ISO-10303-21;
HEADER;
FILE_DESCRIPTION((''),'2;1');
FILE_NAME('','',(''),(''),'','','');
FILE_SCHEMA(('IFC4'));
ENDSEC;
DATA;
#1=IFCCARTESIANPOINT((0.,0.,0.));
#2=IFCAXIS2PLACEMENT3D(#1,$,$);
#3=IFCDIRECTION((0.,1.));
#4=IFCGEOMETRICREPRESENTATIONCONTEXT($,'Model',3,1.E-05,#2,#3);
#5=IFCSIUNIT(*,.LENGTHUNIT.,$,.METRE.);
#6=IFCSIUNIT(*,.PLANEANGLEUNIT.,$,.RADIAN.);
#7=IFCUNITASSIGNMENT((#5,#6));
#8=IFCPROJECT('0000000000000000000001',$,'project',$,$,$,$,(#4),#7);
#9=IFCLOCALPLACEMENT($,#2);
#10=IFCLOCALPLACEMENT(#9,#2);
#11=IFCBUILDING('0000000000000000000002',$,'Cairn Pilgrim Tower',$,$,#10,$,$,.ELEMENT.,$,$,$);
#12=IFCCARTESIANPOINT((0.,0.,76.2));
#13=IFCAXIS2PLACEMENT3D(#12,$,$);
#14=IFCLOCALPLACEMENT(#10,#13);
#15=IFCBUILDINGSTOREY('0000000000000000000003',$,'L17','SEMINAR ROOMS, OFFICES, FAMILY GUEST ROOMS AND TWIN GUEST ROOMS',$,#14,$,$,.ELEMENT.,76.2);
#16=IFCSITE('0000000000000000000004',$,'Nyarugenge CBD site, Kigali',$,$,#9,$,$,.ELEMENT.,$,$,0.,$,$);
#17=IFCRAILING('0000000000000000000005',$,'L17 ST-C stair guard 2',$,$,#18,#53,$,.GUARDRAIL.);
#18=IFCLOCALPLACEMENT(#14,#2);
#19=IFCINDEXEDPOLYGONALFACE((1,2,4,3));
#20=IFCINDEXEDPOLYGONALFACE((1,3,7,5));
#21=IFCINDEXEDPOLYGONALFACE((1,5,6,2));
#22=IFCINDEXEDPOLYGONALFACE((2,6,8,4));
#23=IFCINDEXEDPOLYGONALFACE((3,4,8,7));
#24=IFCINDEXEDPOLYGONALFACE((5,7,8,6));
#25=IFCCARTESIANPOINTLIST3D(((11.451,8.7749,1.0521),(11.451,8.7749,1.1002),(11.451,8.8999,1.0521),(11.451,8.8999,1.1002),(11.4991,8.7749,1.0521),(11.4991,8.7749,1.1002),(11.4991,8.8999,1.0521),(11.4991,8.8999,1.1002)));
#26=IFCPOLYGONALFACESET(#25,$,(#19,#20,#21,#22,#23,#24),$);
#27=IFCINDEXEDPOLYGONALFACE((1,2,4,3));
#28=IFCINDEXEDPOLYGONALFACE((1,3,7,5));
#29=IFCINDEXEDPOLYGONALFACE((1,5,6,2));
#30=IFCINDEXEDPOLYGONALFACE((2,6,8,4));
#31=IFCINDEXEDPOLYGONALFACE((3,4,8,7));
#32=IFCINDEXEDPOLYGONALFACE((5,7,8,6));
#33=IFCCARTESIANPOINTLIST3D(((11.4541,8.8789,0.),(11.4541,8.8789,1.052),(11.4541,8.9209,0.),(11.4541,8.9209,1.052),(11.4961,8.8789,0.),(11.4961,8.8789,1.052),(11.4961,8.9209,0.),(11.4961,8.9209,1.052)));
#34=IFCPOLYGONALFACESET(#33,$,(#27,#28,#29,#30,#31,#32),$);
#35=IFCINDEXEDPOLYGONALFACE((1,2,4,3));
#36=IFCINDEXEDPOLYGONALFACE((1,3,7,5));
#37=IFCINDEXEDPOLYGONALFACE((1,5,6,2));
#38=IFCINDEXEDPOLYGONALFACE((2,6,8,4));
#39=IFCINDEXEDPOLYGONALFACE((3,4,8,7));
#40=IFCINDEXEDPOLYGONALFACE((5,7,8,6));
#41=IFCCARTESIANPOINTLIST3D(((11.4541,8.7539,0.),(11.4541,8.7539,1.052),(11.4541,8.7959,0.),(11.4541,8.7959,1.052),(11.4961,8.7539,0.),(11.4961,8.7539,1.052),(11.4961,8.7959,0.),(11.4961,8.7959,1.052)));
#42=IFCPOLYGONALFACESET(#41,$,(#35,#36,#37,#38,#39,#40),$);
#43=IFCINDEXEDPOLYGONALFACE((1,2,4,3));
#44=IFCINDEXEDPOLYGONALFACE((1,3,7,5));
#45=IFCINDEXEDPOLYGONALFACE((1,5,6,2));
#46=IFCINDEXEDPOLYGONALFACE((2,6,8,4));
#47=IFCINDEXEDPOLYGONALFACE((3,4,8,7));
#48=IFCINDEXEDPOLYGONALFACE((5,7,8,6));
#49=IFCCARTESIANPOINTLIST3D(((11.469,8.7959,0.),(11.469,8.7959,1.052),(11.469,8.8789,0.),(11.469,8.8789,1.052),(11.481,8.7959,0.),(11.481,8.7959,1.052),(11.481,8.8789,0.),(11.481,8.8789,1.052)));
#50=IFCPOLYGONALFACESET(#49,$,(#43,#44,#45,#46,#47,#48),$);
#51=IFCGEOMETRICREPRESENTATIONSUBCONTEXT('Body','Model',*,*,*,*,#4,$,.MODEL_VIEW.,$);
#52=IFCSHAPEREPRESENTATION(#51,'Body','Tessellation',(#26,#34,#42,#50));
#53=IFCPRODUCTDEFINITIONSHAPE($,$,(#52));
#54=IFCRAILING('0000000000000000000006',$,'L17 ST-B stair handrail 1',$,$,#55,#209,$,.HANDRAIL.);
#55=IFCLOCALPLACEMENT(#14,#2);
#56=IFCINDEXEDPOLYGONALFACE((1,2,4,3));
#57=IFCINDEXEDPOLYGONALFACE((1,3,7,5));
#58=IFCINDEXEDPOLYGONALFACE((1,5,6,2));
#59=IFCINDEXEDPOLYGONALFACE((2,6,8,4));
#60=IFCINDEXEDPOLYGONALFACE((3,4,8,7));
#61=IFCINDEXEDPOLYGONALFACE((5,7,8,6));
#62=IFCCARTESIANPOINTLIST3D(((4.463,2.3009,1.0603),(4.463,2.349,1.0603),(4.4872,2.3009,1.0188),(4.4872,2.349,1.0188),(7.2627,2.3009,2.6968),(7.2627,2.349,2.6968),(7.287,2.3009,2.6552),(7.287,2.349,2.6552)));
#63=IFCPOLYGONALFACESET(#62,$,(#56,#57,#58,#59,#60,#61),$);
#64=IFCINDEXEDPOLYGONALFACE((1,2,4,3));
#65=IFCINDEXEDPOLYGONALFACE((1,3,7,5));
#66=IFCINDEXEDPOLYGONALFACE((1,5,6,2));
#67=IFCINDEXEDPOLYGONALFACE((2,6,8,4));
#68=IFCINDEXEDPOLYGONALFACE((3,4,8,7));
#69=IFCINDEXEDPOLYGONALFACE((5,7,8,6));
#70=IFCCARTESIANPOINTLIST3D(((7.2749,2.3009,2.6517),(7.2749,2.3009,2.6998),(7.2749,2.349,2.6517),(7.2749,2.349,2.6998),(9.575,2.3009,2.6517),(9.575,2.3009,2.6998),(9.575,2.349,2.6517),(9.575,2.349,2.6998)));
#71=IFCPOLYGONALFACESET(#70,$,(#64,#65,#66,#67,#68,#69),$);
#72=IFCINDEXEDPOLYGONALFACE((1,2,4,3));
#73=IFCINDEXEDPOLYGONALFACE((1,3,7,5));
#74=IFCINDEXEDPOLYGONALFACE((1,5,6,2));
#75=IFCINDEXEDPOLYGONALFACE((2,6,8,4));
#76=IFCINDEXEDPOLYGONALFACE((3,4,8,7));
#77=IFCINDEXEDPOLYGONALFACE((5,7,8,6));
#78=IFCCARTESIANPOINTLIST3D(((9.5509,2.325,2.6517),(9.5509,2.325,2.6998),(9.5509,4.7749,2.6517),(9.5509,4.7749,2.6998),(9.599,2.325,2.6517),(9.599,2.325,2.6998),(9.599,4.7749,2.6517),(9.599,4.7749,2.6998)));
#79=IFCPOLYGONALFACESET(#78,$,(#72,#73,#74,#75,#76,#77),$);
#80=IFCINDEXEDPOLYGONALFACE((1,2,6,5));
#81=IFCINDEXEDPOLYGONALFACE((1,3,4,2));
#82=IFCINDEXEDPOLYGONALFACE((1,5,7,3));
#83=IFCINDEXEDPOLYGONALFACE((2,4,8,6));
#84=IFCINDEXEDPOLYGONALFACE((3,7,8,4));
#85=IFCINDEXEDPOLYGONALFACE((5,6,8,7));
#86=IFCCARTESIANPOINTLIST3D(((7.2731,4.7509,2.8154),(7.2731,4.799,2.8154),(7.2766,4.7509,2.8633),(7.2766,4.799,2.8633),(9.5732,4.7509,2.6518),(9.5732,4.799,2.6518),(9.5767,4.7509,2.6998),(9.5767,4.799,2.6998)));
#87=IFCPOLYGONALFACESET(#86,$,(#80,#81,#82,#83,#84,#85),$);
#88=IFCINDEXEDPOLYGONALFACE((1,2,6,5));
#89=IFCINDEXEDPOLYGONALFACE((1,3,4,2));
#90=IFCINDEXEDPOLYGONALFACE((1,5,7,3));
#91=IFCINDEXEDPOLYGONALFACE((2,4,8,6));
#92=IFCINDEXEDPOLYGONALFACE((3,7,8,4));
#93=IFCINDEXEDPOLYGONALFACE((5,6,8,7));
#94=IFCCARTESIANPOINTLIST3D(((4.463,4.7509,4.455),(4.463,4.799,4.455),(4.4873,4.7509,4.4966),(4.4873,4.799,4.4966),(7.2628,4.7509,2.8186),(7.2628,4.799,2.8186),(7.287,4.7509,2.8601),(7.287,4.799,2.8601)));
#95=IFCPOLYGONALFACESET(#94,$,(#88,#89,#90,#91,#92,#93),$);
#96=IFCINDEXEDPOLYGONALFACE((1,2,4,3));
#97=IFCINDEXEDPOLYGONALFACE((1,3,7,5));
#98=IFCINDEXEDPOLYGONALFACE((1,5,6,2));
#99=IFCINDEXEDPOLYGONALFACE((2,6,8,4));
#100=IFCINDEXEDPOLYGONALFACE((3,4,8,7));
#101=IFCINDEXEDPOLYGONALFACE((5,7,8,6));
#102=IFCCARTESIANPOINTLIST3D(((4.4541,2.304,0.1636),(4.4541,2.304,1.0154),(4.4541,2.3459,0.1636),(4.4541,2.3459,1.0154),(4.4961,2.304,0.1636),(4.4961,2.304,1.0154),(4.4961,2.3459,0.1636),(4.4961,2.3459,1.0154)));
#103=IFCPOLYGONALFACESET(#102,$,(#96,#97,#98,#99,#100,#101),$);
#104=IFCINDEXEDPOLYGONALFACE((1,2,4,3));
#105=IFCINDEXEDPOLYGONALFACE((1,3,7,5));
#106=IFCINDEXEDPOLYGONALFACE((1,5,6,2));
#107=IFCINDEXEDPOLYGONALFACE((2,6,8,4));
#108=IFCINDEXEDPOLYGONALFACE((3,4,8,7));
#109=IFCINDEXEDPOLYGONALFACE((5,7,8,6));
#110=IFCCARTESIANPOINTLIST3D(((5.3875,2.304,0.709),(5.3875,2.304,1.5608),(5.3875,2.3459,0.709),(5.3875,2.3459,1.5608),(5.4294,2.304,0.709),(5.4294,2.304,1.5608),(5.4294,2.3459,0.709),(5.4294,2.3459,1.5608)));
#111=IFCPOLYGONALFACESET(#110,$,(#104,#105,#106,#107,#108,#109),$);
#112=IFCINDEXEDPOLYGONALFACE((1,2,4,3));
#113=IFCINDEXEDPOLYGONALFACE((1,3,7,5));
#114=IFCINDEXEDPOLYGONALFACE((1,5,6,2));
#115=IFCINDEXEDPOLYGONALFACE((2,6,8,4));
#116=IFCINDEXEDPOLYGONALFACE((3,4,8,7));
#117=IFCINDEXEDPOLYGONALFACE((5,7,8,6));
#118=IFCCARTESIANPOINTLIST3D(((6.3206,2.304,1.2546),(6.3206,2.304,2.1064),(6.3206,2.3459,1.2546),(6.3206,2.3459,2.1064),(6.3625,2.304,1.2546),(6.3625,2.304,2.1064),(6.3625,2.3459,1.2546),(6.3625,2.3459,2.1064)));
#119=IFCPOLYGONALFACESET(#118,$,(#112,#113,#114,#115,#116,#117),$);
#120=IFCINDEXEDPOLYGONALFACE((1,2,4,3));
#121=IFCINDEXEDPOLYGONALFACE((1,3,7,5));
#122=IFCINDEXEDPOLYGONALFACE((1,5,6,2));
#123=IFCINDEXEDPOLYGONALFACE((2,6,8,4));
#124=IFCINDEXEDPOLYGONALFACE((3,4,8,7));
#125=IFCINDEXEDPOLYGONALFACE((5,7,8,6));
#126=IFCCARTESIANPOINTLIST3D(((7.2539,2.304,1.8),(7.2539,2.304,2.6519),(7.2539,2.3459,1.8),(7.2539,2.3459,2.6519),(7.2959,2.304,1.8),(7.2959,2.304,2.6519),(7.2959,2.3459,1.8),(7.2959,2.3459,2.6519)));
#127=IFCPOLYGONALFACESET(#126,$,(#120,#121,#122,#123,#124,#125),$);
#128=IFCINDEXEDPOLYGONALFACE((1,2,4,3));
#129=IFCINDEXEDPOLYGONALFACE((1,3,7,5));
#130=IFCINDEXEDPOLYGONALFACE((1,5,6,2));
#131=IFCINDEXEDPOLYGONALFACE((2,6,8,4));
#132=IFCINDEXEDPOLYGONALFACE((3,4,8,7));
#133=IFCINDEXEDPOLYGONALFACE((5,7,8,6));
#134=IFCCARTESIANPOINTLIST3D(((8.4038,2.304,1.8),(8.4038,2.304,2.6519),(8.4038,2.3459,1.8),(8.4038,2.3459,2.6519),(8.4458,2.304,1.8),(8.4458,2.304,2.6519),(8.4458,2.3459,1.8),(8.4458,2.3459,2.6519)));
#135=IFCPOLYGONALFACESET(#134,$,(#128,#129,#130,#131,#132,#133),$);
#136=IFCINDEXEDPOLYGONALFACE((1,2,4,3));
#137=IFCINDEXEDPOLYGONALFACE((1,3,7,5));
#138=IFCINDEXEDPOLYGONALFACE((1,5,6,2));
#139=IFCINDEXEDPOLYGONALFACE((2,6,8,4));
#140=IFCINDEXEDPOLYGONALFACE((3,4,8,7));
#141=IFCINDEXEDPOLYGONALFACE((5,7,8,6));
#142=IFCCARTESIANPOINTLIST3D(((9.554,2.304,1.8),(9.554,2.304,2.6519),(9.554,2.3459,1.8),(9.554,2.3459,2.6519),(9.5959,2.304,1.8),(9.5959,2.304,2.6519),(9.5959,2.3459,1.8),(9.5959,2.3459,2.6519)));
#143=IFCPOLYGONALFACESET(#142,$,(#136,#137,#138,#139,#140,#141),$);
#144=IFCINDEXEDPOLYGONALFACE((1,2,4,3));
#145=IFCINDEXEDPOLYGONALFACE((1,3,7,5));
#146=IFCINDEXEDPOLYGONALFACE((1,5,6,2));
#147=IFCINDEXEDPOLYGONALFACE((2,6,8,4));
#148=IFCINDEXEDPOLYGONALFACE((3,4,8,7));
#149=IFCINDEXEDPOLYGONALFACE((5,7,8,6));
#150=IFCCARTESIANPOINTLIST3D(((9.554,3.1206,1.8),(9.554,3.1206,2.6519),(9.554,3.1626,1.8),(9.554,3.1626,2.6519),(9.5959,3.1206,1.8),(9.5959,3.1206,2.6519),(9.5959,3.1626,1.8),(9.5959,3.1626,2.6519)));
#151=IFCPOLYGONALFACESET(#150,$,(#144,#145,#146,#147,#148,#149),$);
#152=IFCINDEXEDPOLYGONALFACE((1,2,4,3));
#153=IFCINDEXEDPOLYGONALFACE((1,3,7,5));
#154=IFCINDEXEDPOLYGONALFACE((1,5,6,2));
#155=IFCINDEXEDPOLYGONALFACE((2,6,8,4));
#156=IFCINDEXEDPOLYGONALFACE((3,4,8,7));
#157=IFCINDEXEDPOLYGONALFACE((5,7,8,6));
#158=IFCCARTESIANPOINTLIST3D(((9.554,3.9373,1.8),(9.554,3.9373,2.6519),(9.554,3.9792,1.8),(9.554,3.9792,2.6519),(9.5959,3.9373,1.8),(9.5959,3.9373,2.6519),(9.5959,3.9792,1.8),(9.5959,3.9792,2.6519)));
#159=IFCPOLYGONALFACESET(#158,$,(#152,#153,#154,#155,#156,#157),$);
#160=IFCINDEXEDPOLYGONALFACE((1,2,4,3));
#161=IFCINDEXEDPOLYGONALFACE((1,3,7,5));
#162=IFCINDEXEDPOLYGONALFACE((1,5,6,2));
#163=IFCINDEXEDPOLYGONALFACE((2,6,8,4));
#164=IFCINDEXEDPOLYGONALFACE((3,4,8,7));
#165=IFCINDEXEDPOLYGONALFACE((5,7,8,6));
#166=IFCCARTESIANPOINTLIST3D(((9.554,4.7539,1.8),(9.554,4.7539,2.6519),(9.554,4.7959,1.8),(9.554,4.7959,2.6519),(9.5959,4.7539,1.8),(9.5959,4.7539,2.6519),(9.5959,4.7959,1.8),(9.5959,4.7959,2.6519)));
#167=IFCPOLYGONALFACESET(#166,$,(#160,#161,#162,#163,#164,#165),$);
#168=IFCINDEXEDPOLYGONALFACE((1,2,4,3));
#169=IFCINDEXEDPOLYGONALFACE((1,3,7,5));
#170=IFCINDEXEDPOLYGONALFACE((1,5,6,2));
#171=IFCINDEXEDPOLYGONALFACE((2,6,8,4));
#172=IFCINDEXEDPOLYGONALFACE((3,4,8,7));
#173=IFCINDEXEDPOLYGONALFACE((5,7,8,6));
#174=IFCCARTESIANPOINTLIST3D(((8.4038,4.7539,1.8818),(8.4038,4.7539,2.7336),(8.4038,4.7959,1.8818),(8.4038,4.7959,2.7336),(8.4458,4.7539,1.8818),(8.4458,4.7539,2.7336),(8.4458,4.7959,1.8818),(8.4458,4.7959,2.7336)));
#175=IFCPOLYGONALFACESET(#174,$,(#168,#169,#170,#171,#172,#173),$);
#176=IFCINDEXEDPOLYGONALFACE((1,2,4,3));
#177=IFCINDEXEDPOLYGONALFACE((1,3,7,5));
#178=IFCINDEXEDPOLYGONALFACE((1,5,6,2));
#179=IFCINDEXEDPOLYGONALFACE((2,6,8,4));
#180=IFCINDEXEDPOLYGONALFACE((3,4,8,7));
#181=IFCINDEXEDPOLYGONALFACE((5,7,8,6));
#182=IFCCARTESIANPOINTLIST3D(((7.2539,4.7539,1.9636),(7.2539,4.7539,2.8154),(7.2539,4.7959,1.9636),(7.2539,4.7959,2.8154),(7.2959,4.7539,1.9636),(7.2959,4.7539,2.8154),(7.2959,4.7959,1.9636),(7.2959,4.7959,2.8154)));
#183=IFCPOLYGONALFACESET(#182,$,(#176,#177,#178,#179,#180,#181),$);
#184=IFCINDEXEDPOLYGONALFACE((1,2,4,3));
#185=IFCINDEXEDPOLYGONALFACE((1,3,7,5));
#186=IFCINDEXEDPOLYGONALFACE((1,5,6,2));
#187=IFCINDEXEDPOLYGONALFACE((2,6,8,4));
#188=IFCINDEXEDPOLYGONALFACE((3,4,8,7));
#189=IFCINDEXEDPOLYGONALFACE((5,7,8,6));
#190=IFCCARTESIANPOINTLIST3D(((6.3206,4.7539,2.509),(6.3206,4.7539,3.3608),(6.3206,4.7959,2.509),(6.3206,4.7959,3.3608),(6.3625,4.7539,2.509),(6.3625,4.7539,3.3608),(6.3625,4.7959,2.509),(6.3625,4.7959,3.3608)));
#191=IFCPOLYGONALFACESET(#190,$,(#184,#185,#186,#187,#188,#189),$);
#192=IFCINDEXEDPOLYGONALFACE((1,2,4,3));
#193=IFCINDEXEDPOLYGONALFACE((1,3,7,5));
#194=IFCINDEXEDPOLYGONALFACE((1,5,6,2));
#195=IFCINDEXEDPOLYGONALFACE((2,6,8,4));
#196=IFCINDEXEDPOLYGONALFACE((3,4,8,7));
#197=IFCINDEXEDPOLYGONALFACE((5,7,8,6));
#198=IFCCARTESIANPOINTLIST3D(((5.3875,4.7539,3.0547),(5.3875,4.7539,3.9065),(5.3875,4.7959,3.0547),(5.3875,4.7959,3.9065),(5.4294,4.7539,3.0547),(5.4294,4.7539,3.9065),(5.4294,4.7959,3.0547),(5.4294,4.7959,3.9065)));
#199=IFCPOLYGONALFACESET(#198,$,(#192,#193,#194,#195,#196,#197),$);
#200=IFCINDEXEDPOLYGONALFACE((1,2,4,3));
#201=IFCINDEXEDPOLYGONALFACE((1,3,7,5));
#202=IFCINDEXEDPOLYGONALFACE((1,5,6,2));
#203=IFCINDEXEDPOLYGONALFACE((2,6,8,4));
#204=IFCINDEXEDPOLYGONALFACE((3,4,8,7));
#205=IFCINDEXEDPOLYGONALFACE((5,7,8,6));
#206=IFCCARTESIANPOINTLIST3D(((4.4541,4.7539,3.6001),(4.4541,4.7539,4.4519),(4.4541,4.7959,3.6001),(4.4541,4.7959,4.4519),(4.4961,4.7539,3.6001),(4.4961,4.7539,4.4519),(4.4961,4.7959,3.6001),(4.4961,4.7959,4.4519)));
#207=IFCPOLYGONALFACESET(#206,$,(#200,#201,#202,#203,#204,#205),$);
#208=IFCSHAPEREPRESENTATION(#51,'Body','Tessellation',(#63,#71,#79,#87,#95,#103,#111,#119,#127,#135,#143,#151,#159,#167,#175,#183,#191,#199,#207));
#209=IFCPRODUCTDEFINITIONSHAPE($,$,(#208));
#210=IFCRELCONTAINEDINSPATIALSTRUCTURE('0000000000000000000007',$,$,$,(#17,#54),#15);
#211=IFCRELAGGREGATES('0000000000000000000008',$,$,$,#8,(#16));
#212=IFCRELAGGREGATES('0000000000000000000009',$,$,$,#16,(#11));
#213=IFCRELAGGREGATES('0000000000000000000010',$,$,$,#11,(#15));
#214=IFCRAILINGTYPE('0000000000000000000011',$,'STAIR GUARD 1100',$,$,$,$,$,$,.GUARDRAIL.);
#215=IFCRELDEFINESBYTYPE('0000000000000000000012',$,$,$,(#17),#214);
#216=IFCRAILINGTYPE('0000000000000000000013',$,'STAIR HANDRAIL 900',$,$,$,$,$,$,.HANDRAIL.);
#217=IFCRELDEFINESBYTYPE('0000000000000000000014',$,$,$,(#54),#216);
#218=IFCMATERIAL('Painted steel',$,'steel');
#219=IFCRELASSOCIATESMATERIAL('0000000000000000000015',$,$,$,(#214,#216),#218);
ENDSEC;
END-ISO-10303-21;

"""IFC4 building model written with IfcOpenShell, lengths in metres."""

from ifc_helpers import new_model, si_unit, direction, frame, origin, origin_2d, place, context, subcontext, project, spatial, polyline, rectangle, outline, extrude, material, type_object, element, save


model = new_model("IFC4")

# Units and contexts
model_context = context("Model", 3, precision=1e-05, world=origin(), true_north=direction((0.0, 1.0)))
body_context = subcontext(model_context, "Body", "Model", "MODEL_VIEW")
ifc_project = project(units=[si_unit("LENGTHUNIT", "METRE"), si_unit("PLANEANGLEUNIT", "RADIAN")], contexts=[model_context])

# Site, building, storey
site_placement = place(None, origin())
site = spatial("IfcSite", under=ifc_project, at=site_placement, Name="Nyarugenge CBD site, Kigali", CompositionType="ELEMENT", RefElevation=0.0)
building_placement = place(site_placement, origin())
building = spatial("IfcBuilding", under=site, at=building_placement, Name="Cairn Pilgrim Tower", CompositionType="ELEMENT")
storey_placement = place(building_placement, frame((0.0, 0.0, 76.2)))
storey = spatial("IfcBuildingStorey", under=building, at=storey_placement, Name="L17", Description="SEMINAR ROOMS, OFFICES, FAMILY GUEST ROOMS AND TWIN GUEST ROOMS", CompositionType="ELEMENT", Elevation=76.2)

# Shared definitions
ifc_material_1 = material(Name="Painted steel", Category="steel")

# Railings
railing_type_1 = type_object("IfcRailingType", Name="STAIR GUARD 1100", PredefinedType="GUARDRAIL", material=ifc_material_1)
railing_1_placement = place(storey_placement, frame((11.4751, 8.8999, 0.0)))
element("IfcRailing", 1, at=railing_1_placement, inside=storey, type_object=railing_type_1, Name="L17 ST-C stair guard 2", PredefinedType="GUARDRAIL", context=body_context, shape_type="SweptSolid", body=[
    extrude(rectangle(XDim=0.0481, YDim=0.0481, at=origin_2d()), frame((0.0, 0.0, 1.0762), z_axis=(0.0, -1.0, 0.0), x_axis=(1.0, 0.0, 0.0)), (0.0, 0.0, 1.0), 0.125),
    extrude(rectangle(XDim=0.042, YDim=0.042, at=origin_2d()), origin(), (0.0, 0.0, 1.0), 1.052),
    extrude(rectangle(XDim=0.042, YDim=0.042, at=origin_2d()), frame((0.0, -0.125, 0.0)), (0.0, 0.0, 1.0), 1.052),
    extrude(outline(polyline([(0.021, 0.0), (0.104, 0.0), (0.104, 1.052), (0.021, 1.052), (0.021, 0.0)])), frame((0.0059, 0.0, 0.0), z_axis=(-1.0, 0.0, 0.0), x_axis=(0.0, -1.0, 0.0)), (0.0, 0.0, 1.0), 0.012),
])
railing_type_2 = type_object("IfcRailingType", Name="STAIR HANDRAIL 900", PredefinedType="HANDRAIL", material=ifc_material_1)
railing_2_placement = place(storey_placement, frame((4.4751, 2.325, 0.1636)))
element("IfcRailing", 2, at=railing_2_placement, inside=storey, type_object=railing_type_2, Name="L17 ST-B stair handrail 1", PredefinedType="HANDRAIL", context=body_context, shape_type="SweptSolid", body=[
    extrude(rectangle(XDim=0.0481, YDim=0.0481, at=origin_2d()), frame((0.0, 0.0, 0.876), z_axis=(0.863342, 0.0, 0.50462), x_axis=(0.0, 1.0, 0.0)), (0.0, 0.0, 1.0), 3.2429),
    extrude(rectangle(XDim=0.0481, YDim=0.0481, at=origin_2d()), frame((2.7998, 0.0, 2.5122), z_axis=(1.0, 0.0, 0.0), x_axis=(0.0, 1.0, 0.0)), (0.0, 0.0, 1.0), 2.3),
    extrude(rectangle(XDim=0.0481, YDim=0.0481, at=origin_2d()), frame((5.0999, 0.0, 2.5122), z_axis=(0.0, 1.0, 0.0), x_axis=(-1.0, 0.0, 0.0)), (0.0, 0.0, 1.0), 2.45),
    extrude(rectangle(XDim=0.0481, YDim=0.0481, at=origin_2d()), frame((5.0999, 2.45, 2.5122), z_axis=(-0.997481, 0.0, 0.070939), x_axis=(0.0, -1.0, 0.0)), (0.0, 0.0, 1.0), 2.3059),
    extrude(rectangle(XDim=0.0481, YDim=0.0481, at=origin_2d()), frame((2.7998, 2.45, 2.6758), z_axis=(-0.863342, 0.0, 0.50462), x_axis=(0.0, -1.0, 0.0)), (0.0, 0.0, 1.0), 3.2429),
    extrude(rectangle(XDim=0.042, YDim=0.042, at=origin_2d()), origin(), (0.0, 0.0, 1.0), 0.8518),
    extrude(rectangle(XDim=0.042, YDim=0.042, at=origin_2d()), frame((0.9333, 0.0, 0.5454)), (0.0, 0.0, 1.0), 0.8518),
    extrude(rectangle(XDim=0.042, YDim=0.042, at=origin_2d()), frame((1.8665, 0.0, 1.0911)), (0.0, 0.0, 1.0), 0.8518),
    extrude(rectangle(XDim=0.042, YDim=0.042, at=origin_2d()), frame((2.7998, 0.0, 1.6365)), (0.0, 0.0, 1.0), 0.8518),
    extrude(rectangle(XDim=0.042, YDim=0.042, at=origin_2d()), frame((3.9497, 0.0, 1.6365)), (0.0, 0.0, 1.0), 0.8518),
    extrude(rectangle(XDim=0.042, YDim=0.042, at=origin_2d()), frame((5.0999, 0.0, 1.6365)), (0.0, 0.0, 1.0), 0.8518),
    extrude(rectangle(XDim=0.042, YDim=0.042, at=origin_2d()), frame((5.0999, 0.8167, 1.6365)), (0.0, 0.0, 1.0), 0.8518),
    extrude(rectangle(XDim=0.042, YDim=0.042, at=origin_2d()), frame((5.0999, 1.6333, 1.6365)), (0.0, 0.0, 1.0), 0.8518),
    extrude(rectangle(XDim=0.042, YDim=0.042, at=origin_2d()), frame((5.0999, 2.45, 1.6365)), (0.0, 0.0, 1.0), 0.8518),
    extrude(rectangle(XDim=0.042, YDim=0.042, at=origin_2d()), frame((3.9497, 2.45, 1.7183)), (0.0, 0.0, 1.0), 0.8518),
    extrude(rectangle(XDim=0.042, YDim=0.042, at=origin_2d()), frame((2.7998, 2.45, 1.8)), (0.0, 0.0, 1.0), 0.8518),
    extrude(rectangle(XDim=0.042, YDim=0.042, at=origin_2d()), frame((1.8665, 2.45, 2.3455)), (0.0, 0.0, 1.0), 0.8518),
    extrude(rectangle(XDim=0.042, YDim=0.042, at=origin_2d()), frame((0.9333, 2.45, 2.8911)), (0.0, 0.0, 1.0), 0.8518),
    extrude(rectangle(XDim=0.042, YDim=0.042, at=origin_2d()), frame((0.0, 2.45, 3.4365)), (0.0, 0.0, 1.0), 0.8518),
])

save(model, "model.ifc")
